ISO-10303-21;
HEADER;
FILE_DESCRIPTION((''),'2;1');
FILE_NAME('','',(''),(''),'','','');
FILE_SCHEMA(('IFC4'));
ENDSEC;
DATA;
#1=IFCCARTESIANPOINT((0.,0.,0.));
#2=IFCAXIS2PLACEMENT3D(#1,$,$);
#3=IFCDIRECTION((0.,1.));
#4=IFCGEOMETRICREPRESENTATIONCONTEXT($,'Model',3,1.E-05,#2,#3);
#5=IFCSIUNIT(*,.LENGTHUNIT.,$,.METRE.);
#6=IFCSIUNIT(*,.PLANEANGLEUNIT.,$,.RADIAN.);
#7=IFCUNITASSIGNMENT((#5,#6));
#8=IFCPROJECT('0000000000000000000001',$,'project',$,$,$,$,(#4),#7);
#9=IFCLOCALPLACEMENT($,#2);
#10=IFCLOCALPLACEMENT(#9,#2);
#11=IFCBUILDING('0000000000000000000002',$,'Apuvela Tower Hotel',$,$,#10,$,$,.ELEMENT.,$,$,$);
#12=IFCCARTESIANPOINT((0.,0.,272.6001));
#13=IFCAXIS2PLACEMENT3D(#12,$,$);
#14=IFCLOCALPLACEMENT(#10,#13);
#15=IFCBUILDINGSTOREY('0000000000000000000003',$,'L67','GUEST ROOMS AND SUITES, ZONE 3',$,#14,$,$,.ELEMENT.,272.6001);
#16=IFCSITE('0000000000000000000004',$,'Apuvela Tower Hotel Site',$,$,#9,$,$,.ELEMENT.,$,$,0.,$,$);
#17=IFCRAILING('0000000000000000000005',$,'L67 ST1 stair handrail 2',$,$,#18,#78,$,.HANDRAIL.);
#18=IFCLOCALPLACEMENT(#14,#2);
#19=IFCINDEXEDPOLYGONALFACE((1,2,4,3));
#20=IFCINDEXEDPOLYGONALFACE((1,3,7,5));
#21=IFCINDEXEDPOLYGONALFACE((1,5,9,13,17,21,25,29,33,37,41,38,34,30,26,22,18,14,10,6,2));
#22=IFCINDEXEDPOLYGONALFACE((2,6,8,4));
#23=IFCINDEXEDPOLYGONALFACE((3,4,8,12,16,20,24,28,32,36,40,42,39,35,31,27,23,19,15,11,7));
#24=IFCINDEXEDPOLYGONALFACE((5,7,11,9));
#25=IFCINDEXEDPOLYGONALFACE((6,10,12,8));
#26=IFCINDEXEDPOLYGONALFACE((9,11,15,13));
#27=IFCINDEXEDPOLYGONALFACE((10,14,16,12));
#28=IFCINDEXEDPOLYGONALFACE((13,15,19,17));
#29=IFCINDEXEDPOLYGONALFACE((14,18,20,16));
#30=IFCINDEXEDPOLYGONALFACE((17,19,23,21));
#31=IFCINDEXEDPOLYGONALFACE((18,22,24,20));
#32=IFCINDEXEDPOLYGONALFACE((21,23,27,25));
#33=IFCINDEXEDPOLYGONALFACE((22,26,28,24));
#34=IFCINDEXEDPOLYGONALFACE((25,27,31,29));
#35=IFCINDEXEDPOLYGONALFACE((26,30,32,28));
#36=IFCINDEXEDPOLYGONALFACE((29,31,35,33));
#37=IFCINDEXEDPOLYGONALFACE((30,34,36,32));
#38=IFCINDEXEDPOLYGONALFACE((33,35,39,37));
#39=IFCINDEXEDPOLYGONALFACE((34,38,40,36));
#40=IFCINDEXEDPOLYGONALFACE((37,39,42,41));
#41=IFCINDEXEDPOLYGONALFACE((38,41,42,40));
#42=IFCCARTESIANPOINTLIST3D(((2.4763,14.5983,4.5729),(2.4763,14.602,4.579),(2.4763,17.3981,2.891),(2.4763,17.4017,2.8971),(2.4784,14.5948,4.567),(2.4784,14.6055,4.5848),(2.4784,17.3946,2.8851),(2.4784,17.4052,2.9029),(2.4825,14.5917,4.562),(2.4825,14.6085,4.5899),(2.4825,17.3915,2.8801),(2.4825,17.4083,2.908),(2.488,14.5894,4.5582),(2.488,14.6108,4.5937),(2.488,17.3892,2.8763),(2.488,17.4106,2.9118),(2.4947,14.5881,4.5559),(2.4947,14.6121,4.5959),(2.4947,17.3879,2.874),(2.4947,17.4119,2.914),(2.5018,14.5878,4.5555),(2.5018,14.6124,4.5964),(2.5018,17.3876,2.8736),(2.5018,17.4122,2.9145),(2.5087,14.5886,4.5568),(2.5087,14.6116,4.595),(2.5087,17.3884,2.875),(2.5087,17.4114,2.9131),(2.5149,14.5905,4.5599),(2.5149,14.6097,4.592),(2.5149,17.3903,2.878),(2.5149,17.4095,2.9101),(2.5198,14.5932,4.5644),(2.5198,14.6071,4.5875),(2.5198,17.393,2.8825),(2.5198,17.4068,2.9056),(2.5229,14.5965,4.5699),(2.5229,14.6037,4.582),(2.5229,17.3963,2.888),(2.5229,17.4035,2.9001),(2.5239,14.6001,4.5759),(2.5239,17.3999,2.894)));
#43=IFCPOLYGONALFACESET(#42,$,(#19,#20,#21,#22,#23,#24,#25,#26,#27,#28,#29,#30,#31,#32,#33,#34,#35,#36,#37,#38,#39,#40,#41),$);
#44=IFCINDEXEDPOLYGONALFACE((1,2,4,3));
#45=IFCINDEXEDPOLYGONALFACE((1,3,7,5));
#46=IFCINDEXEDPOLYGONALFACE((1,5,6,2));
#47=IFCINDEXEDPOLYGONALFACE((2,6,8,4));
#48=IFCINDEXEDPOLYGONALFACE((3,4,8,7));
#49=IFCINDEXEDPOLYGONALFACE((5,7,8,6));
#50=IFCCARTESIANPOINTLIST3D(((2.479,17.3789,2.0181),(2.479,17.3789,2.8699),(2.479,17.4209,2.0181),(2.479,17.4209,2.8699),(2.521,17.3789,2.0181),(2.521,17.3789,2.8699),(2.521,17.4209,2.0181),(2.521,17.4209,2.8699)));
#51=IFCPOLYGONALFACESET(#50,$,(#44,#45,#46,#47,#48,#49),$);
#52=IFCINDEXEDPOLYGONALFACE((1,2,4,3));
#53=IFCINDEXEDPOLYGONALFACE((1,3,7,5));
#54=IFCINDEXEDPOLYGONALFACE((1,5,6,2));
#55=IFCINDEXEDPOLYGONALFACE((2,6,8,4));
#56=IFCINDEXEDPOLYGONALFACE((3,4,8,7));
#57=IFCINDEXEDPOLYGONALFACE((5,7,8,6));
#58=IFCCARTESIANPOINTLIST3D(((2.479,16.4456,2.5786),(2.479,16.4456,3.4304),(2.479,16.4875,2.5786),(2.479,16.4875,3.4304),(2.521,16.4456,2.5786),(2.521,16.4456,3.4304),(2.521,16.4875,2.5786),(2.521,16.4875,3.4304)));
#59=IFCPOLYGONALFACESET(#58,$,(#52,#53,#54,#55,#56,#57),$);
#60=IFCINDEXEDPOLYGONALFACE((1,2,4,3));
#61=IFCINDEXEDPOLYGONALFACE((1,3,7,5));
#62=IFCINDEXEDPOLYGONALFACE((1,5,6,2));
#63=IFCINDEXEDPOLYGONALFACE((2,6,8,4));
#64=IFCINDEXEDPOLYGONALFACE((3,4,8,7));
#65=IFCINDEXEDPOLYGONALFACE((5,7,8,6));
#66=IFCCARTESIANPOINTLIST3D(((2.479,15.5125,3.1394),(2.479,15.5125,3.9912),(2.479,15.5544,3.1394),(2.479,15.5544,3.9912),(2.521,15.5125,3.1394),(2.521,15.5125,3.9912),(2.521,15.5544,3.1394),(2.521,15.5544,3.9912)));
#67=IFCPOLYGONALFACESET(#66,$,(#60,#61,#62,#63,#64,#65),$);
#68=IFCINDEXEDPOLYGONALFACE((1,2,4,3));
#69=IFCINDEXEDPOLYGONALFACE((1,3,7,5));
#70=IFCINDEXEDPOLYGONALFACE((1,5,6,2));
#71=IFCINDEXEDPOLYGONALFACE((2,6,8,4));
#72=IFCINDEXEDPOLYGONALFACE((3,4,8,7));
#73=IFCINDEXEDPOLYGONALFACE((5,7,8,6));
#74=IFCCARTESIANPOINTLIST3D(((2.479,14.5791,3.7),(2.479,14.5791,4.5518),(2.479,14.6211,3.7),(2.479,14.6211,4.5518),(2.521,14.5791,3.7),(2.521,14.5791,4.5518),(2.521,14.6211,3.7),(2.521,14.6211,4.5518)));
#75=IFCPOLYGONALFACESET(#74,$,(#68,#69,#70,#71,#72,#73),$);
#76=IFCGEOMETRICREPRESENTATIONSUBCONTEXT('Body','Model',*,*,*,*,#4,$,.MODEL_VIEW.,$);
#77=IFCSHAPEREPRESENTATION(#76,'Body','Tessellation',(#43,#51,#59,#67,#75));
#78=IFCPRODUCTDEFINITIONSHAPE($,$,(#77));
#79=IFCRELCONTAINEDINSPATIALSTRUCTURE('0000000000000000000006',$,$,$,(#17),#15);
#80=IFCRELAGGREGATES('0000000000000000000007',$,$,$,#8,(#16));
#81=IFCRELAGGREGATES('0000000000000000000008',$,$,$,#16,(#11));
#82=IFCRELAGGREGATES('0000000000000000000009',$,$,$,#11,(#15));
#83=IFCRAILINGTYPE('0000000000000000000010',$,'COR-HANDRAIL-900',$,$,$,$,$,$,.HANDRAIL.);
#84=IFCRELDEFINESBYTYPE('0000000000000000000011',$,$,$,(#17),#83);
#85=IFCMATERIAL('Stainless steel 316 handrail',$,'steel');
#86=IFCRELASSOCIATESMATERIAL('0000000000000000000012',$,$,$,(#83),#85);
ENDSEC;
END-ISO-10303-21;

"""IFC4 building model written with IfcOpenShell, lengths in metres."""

from ifc_helpers import new_model, si_unit, direction, frame, origin, origin_2d, place, context, subcontext, project, spatial, rectangle, circle, extrude, material, type_object, element, save


model = new_model("IFC4")

# Units and contexts
model_context = context("Model", 3, precision=1e-05, world=origin(), true_north=direction((0.0, 1.0)))
body_context = subcontext(model_context, "Body", "Model", "MODEL_VIEW")
ifc_project = project(units=[si_unit("LENGTHUNIT", "METRE"), si_unit("PLANEANGLEUNIT", "RADIAN")], contexts=[model_context])

# Site, building, storey
site_placement = place(None, origin())
site = spatial("IfcSite", under=ifc_project, at=site_placement, Name="Apuvela Tower Hotel Site", CompositionType="ELEMENT", RefElevation=0.0)
building_placement = place(site_placement, origin())
building = spatial("IfcBuilding", under=site, at=building_placement, Name="Apuvela Tower Hotel", CompositionType="ELEMENT")
storey_placement = place(building_placement, frame((0.0, 0.0, 272.6001)))
storey = spatial("IfcBuildingStorey", under=building, at=storey_placement, Name="L67", Description="GUEST ROOMS AND SUITES, ZONE 3", CompositionType="ELEMENT", Elevation=272.6001)

# Railing
ifc_material_1 = material(Name="Stainless steel 316 handrail", Category="steel")
railing_type_1 = type_object("IfcRailingType", Name="COR-HANDRAIL-900", PredefinedType="HANDRAIL", material=ifc_material_1)
railing_1_placement = place(storey_placement, frame((2.5, 17.3999, 2.0181)))
element("IfcRailing", 1, at=railing_1_placement, inside=storey, type_object=railing_type_1, Name="L67 ST1 stair handrail 2", PredefinedType="HANDRAIL", context=body_context, shape_type="SweptSolid", body=[
    extrude(circle(Radius=0.0239, at=origin_2d()), frame((0.0, 0.0, 0.876), z_axis=(0.0, -0.857222, 0.514946), x_axis=(1.0, 0.0, 0.0)), (0.0, 0.0, 1.0), 3.2661),
    extrude(rectangle(XDim=0.042, YDim=0.042, at=origin_2d()), origin(), (0.0, 0.0, 1.0), 0.8518),
    extrude(rectangle(XDim=0.042, YDim=0.042, at=origin_2d()), frame((0.0, -0.9333, 0.5605)), (0.0, 0.0, 1.0), 0.8518),
    extrude(rectangle(XDim=0.042, YDim=0.042, at=origin_2d()), frame((0.0, -1.8665, 1.1213)), (0.0, 0.0, 1.0), 0.8518),
    extrude(rectangle(XDim=0.042, YDim=0.042, at=origin_2d()), frame((0.0, -2.7998, 1.6819)), (0.0, 0.0, 1.0), 0.8518),
])

save(model, "model.ifc")
